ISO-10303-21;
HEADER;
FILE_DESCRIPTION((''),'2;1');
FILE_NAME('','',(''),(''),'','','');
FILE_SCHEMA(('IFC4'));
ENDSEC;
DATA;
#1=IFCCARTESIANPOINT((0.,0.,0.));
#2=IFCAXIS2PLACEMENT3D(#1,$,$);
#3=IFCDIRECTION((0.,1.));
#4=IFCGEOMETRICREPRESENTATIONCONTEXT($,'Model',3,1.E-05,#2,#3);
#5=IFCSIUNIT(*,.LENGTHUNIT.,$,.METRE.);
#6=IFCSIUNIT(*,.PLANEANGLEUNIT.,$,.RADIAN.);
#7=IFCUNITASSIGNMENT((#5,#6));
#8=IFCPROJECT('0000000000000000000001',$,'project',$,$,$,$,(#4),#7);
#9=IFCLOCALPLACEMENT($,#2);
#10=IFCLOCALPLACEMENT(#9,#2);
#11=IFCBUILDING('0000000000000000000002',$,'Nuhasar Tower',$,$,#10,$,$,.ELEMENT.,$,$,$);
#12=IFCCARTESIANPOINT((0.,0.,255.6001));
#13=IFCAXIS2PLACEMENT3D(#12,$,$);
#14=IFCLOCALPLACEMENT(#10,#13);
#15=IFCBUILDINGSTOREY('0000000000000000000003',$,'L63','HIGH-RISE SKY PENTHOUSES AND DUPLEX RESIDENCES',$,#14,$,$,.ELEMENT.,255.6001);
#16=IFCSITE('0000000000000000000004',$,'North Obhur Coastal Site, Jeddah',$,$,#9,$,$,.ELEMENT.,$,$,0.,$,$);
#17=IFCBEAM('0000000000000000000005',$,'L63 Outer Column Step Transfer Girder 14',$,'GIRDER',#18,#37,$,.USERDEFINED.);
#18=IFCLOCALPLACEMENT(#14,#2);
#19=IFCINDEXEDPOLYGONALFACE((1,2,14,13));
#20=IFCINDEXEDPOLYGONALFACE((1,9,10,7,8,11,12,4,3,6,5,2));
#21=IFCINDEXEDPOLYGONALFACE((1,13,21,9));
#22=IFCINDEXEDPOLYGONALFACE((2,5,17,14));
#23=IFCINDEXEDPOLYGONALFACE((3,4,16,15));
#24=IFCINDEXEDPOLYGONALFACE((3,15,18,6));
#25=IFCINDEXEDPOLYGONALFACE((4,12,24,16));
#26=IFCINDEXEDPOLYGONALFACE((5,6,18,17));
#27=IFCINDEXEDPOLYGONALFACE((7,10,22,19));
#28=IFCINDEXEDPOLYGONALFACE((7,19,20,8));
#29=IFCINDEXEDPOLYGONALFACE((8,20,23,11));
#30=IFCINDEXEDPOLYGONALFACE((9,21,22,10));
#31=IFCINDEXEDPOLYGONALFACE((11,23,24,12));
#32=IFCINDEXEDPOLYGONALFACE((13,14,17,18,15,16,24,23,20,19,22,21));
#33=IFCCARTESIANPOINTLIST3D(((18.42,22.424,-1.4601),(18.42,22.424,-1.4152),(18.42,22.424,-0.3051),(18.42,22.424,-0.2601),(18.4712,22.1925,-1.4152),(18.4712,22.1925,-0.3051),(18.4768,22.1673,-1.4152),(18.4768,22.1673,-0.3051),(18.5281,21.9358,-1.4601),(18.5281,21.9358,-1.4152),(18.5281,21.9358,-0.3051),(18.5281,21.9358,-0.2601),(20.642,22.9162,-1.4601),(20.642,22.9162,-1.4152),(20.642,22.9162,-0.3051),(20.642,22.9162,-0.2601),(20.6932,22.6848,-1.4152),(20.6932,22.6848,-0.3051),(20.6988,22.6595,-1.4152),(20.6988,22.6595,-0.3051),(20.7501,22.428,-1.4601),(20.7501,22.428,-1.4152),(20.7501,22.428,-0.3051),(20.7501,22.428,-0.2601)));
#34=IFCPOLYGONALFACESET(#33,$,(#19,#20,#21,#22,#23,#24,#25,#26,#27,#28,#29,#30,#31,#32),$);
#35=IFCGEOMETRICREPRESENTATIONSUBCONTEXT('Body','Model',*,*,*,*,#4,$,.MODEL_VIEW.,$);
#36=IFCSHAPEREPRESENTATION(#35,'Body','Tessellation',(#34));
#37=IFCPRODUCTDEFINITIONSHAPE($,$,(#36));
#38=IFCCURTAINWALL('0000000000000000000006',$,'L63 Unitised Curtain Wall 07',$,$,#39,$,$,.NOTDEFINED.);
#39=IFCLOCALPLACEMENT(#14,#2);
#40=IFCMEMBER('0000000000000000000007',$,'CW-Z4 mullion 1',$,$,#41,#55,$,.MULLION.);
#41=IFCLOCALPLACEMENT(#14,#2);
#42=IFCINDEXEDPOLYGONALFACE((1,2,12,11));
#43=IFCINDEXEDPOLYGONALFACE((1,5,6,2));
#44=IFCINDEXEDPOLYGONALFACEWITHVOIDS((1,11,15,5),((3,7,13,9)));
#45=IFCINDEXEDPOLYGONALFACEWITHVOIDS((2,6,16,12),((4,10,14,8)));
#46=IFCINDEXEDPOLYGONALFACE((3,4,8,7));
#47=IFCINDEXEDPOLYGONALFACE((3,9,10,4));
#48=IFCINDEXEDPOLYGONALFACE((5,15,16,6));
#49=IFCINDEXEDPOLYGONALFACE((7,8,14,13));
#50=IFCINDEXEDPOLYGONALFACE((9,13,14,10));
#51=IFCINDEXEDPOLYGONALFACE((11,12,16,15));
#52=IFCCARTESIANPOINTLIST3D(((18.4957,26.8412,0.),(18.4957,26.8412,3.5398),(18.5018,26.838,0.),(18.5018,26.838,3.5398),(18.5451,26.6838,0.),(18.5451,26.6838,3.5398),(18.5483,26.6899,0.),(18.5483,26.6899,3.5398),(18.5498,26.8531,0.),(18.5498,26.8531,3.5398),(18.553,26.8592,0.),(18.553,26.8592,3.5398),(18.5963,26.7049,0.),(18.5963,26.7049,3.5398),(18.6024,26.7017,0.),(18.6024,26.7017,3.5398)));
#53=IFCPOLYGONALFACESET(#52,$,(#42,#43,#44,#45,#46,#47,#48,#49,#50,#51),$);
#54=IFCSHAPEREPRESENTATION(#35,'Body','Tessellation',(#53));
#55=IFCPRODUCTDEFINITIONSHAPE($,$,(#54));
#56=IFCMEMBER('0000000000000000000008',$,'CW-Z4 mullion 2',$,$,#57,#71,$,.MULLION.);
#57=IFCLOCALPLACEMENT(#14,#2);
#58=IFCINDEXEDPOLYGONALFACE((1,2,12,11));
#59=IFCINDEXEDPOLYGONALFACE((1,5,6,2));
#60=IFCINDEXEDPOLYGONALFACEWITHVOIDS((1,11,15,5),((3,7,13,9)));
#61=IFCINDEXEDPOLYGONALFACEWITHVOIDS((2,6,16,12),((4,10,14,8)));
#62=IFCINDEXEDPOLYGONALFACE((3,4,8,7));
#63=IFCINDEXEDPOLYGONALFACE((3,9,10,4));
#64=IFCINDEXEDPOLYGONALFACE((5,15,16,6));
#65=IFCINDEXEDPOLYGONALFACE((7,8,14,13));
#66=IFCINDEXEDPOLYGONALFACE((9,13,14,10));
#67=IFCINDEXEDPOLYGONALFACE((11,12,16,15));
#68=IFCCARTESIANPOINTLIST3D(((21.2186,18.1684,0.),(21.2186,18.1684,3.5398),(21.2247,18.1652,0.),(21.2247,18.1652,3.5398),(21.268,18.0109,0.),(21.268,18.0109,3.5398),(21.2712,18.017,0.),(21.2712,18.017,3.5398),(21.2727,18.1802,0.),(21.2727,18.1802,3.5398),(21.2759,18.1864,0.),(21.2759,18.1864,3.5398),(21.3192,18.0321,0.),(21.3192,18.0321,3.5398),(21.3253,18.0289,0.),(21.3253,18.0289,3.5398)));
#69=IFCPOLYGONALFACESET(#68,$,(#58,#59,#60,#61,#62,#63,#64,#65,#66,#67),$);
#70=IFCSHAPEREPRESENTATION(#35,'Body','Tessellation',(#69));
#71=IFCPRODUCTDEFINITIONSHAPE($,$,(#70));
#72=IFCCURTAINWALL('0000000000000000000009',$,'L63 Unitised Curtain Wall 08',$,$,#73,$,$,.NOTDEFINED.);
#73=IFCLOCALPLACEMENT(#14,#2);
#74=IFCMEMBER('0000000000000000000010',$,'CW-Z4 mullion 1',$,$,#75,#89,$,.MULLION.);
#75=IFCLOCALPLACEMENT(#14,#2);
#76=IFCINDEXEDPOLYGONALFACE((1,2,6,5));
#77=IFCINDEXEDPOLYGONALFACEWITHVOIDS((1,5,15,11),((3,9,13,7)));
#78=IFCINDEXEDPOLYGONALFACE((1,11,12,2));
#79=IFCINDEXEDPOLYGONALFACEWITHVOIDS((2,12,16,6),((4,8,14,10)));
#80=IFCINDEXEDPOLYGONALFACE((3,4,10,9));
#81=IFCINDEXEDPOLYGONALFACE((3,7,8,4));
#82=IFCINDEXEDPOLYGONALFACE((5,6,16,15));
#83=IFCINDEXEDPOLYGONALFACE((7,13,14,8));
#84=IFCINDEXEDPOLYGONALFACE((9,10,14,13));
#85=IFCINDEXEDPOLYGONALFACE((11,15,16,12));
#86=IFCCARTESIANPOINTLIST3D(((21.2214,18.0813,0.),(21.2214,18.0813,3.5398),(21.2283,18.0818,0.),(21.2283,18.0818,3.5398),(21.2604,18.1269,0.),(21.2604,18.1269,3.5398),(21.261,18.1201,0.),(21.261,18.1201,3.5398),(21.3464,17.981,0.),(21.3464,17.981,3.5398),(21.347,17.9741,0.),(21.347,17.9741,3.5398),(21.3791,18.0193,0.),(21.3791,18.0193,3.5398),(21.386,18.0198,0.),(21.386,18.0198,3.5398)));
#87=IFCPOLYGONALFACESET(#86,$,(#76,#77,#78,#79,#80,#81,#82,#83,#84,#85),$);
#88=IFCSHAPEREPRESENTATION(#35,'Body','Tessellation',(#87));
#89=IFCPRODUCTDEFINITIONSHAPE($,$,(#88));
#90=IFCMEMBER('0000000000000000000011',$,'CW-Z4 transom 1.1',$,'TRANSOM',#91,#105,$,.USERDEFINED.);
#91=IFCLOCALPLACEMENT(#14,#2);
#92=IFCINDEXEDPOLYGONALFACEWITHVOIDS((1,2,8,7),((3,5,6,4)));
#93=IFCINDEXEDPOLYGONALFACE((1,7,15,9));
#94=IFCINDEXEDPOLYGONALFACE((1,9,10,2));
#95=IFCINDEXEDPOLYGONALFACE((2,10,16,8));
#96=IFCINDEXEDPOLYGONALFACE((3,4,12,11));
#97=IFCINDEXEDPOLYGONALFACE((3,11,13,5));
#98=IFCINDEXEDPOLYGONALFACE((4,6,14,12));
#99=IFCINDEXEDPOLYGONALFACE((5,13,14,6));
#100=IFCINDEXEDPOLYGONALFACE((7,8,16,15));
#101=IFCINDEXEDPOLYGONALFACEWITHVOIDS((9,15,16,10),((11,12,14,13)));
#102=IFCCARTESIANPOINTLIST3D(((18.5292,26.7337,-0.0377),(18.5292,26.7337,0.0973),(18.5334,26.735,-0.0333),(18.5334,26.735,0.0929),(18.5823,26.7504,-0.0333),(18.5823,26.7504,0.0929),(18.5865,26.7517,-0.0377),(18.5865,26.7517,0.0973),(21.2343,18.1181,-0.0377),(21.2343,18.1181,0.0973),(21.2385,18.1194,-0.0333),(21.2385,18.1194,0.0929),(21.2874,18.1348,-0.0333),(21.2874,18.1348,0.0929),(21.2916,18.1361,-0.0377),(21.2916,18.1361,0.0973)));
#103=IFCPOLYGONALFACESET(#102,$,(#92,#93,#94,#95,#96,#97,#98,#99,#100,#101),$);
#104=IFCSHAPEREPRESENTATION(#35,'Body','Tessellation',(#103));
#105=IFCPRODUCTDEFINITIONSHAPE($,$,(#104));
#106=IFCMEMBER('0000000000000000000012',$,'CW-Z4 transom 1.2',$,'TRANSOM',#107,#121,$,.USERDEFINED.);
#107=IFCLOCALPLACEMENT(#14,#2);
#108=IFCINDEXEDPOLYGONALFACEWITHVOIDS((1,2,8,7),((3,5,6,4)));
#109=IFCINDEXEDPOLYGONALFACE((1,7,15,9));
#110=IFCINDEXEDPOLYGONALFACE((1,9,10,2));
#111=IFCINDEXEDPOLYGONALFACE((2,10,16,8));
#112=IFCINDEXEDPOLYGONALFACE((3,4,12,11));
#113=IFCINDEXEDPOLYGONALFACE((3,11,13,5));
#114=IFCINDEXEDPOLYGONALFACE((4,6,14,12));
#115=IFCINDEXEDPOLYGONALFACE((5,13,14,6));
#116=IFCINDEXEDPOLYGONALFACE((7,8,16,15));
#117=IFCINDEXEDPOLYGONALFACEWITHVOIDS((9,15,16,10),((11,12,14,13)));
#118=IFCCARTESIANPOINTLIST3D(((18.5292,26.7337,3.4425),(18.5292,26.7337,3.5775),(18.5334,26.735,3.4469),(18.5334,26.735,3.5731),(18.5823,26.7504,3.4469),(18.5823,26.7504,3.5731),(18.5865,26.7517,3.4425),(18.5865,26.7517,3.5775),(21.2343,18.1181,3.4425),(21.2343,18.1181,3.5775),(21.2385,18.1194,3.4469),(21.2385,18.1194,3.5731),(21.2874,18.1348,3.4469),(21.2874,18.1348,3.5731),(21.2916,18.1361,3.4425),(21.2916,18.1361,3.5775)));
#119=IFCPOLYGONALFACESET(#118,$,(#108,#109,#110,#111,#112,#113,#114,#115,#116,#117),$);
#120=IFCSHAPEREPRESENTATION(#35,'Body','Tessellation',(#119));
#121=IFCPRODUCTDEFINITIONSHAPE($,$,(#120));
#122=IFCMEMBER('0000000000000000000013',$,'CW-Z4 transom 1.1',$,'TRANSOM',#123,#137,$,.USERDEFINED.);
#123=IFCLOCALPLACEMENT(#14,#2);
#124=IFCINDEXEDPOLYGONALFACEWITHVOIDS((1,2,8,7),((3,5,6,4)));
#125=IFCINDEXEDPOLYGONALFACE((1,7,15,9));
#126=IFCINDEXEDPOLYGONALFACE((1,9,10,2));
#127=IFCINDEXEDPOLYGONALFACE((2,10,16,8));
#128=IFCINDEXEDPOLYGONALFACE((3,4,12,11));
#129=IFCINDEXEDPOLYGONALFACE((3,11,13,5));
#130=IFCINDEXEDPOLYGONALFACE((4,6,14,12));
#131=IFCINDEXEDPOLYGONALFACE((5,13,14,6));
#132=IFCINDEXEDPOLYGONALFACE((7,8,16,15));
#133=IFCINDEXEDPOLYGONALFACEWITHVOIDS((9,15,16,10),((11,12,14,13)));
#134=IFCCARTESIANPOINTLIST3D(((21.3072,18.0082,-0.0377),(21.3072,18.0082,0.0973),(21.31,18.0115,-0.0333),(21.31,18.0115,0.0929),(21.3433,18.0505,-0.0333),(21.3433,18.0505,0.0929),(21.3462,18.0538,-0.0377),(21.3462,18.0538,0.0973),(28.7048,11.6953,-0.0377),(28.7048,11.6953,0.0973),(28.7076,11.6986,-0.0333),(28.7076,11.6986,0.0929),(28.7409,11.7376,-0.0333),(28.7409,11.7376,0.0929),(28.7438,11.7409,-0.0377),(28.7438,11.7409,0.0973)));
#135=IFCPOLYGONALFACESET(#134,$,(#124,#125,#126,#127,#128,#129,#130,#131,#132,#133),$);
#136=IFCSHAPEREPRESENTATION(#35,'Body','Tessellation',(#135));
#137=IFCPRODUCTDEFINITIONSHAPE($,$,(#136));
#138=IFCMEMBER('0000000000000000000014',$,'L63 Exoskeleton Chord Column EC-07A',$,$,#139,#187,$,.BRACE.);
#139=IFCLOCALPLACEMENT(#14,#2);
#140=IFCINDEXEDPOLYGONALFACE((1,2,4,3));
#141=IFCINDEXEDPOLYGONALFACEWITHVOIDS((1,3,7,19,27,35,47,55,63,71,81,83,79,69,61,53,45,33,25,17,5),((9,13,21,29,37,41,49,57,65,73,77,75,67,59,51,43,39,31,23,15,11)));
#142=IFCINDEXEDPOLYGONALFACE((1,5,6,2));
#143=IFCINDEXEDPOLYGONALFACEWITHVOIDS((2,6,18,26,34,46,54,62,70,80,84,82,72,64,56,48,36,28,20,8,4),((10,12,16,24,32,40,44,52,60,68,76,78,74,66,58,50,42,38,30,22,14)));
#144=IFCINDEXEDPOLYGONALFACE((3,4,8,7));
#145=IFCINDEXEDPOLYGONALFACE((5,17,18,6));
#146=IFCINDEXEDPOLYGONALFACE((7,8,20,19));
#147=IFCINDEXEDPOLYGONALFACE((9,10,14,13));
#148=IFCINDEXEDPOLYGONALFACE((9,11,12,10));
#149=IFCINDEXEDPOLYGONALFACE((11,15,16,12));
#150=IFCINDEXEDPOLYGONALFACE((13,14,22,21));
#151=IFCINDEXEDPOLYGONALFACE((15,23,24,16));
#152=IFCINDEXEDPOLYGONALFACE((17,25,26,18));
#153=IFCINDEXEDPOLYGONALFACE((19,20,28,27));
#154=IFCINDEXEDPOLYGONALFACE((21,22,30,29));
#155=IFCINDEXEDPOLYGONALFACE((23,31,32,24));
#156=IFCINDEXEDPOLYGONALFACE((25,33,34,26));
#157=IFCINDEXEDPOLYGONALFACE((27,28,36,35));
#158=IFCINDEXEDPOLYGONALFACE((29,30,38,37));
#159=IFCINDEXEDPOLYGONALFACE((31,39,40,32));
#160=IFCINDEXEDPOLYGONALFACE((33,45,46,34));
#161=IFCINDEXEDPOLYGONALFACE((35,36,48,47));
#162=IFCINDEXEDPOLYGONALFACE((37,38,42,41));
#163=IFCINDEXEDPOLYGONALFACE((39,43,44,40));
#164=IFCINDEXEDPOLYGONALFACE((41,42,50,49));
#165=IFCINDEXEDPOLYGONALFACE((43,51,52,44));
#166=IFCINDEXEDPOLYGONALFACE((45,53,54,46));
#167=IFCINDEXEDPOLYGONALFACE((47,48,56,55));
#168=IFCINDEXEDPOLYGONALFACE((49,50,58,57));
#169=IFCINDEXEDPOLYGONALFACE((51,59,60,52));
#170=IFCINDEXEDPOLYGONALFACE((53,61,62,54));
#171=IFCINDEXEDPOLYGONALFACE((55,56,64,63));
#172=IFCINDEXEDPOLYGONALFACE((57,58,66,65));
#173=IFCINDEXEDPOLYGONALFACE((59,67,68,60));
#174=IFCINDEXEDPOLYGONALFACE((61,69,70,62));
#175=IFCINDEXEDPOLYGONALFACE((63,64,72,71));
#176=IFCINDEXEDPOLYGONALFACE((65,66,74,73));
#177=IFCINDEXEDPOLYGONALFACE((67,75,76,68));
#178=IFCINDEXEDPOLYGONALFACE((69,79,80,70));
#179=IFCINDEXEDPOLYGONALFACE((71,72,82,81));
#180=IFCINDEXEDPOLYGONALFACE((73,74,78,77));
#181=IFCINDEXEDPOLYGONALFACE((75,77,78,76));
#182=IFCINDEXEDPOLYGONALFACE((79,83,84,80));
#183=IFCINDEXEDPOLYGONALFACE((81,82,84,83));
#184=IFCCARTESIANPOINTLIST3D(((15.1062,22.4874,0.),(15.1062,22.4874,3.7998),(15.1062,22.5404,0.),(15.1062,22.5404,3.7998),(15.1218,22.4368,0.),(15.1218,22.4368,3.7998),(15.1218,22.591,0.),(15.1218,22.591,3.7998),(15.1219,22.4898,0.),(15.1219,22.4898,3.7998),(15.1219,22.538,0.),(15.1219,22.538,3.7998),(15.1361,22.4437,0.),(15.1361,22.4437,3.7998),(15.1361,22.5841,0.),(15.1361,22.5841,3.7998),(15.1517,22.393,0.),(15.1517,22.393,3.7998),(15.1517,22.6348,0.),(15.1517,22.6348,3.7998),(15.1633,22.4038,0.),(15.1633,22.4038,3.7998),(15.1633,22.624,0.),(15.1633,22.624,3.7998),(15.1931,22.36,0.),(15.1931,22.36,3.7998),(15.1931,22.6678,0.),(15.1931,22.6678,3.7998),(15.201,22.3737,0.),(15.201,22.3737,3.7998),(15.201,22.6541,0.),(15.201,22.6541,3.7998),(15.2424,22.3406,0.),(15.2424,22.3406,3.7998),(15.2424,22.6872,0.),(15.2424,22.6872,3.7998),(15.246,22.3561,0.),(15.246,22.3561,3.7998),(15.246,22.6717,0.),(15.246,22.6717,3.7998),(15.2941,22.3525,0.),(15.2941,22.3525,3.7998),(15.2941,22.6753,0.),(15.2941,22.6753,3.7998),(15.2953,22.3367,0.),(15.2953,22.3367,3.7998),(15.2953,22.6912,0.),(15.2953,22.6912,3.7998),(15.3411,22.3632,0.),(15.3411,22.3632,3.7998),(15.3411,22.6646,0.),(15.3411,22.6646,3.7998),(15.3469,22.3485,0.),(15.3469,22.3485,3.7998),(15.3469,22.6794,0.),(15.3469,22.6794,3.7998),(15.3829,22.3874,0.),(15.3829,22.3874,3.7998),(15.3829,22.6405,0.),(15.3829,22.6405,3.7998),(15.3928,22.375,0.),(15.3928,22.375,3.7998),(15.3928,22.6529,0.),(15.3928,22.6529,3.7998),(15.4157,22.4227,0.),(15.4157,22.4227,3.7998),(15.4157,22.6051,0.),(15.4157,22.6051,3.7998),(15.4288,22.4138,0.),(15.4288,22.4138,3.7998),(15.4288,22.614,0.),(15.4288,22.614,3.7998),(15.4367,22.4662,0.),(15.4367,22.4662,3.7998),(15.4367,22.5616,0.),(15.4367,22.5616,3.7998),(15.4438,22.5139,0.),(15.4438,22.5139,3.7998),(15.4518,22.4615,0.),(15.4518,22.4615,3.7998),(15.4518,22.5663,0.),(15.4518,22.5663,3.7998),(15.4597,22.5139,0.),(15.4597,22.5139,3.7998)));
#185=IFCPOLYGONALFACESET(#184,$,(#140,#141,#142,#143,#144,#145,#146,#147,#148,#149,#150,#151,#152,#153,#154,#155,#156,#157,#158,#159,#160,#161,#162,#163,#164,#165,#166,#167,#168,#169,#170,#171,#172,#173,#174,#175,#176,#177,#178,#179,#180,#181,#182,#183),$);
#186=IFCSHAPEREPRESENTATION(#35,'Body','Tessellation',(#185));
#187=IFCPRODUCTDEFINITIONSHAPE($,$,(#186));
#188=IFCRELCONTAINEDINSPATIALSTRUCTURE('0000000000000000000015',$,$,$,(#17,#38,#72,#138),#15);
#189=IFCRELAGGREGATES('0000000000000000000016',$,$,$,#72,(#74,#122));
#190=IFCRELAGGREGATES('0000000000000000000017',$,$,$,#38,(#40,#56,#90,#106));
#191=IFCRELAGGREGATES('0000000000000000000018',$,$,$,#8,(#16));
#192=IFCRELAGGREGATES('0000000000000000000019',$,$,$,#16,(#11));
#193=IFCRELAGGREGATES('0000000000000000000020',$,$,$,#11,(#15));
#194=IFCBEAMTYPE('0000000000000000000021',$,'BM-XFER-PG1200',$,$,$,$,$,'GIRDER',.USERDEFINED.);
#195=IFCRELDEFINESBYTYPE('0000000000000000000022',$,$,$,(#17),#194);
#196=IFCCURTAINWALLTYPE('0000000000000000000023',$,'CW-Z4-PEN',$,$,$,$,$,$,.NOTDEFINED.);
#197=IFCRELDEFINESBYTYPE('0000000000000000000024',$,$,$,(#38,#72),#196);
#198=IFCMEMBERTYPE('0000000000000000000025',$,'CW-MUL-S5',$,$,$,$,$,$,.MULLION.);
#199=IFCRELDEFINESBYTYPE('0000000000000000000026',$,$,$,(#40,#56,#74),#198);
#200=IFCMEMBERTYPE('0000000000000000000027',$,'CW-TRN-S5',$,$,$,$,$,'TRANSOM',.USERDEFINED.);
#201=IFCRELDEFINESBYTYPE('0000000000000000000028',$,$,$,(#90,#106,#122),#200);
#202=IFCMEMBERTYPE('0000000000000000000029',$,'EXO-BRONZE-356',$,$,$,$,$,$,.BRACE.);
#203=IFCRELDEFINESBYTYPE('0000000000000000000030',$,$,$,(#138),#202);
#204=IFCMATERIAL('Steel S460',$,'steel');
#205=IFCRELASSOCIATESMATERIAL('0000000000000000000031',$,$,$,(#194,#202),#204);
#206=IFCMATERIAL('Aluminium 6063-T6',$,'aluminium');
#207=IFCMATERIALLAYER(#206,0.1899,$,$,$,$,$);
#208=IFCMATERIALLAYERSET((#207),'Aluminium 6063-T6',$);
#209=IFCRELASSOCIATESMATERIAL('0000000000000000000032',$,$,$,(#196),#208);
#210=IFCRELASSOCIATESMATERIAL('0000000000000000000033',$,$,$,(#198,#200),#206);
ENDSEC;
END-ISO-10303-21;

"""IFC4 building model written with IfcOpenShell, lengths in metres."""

from ifc_helpers import new_model, si_unit, direction, frame, origin, origin_2d, place, context, subcontext, project, spatial, hollow_rectangle, hollow_circle, i_section, extrude, material, layer, layer_set, material_profile, profile_set, type_object, element, aggregate, save


model = new_model("IFC4")

# Units and contexts
model_context = context("Model", 3, precision=1e-05, world=origin(), true_north=direction((0.0, 1.0)))
body_context = subcontext(model_context, "Body", "Model", "MODEL_VIEW")
ifc_project = project(units=[si_unit("LENGTHUNIT", "METRE"), si_unit("PLANEANGLEUNIT", "RADIAN")], contexts=[model_context])

# Site, building, storey
site_placement = place(None, origin())
site = spatial("IfcSite", under=ifc_project, at=site_placement, Name="North Obhur Coastal Site, Jeddah", CompositionType="ELEMENT", RefElevation=0.0)
building_placement = place(site_placement, origin())
building = spatial("IfcBuilding", under=site, at=building_placement, Name="Nuhasar Tower", CompositionType="ELEMENT")
storey_placement = place(building_placement, frame((0.0, 0.0, 255.6001)))
storey = spatial("IfcBuildingStorey", under=building, at=storey_placement, Name="L63", Description="HIGH-RISE SKY PENTHOUSES AND DUPLEX RESIDENCES", CompositionType="ELEMENT", Elevation=255.6001)

# Beam
ifc_material_1 = material(Name="Steel S460", Category="steel")
ifc_material_profile_1 = material_profile(ifc_material_1, i_section(OverallWidth=0.5, OverallDepth=1.2, WebThickness=0.0259, FlangeThickness=0.0449, at=origin_2d()), Name="PG1200X500")
ifc_profile_set_1 = profile_set([ifc_material_profile_1], Name="Steel S460")
beam_type_1 = type_object("IfcBeamType", Name="BM-XFER-PG1200", ElementType="GIRDER", PredefinedType="USERDEFINED", material=ifc_profile_set_1)
beam_1_placement = place(storey_placement, frame((20.696, 22.6721, -0.8601), z_axis=(-0.976333, -0.216272, 0.0), x_axis=(0.216272, -0.976333, 0.0)))
element("IfcBeam", 1, at=beam_1_placement, inside=storey, type_object=beam_type_1, Name="L63 Outer Column Step Transfer Girder 14", ObjectType="GIRDER", PredefinedType="USERDEFINED", context=body_context, shape_type="SweptSolid", body=[
    extrude(i_section(OverallWidth=0.5, OverallDepth=1.2, WebThickness=0.0259, FlangeThickness=0.0449, at=origin_2d()), origin(), (0.0, 0.0, 1.0), 2.2759),
])

# Curtain wall, members
ifc_material_2 = material(Name="Aluminium 6063-T6", Category="aluminium")
ifc_layer_1 = layer(ifc_material_2, 0.1899)
ifc_layer_set_1 = layer_set([ifc_layer_1], Name="Aluminium 6063-T6")
curtain_wall_type = type_object("IfcCurtainWallType", Name="CW-Z4-PEN", PredefinedType="NOTDEFINED", material=ifc_layer_set_1)
curtain_wall_1_placement = place(storey_placement, origin())
curtain_wall_1 = element("IfcCurtainWall", 2, at=curtain_wall_1_placement, inside=storey, type_object=curtain_wall_type, Name="L63 Unitised Curtain Wall 07", PredefinedType="NOTDEFINED")
ifc_material_profile_2 = material_profile(ifc_material_2, hollow_rectangle(XDim=0.0601, YDim=0.165, WallThickness=0.0049, at=origin_2d()), Name="CWM-5")
ifc_profile_set_2 = profile_set([ifc_material_profile_2], Name="Aluminium 6063-T6")
member_type_1 = type_object("IfcMemberType", Name="CW-MUL-S5", PredefinedType="MULLION", material=ifc_profile_set_2)
member_1_placement = place(storey_placement, frame((18.5491, 26.7715, 0.0), z_axis=(0.0, 0.0, 1.0), x_axis=(0.954079, 0.299557, 0.0)))
member_1 = element("IfcMember", 3, at=member_1_placement, type_object=member_type_1, Name="CW-Z4 mullion 1", PredefinedType="MULLION", context=body_context, shape_type="SweptSolid", body=[
    extrude(hollow_rectangle(XDim=0.0601, YDim=0.165, WallThickness=0.0049, at=origin_2d()), origin(), (0.0, 0.0, 1.0), 3.5398),
])
member_2_placement = place(storey_placement, frame((21.272, 18.0986, 0.0), z_axis=(0.0, 0.0, 1.0), x_axis=(0.954079, 0.299557, 0.0)))
member_2 = element("IfcMember", 4, at=member_2_placement, type_object=member_type_1, Name="CW-Z4 mullion 2", PredefinedType="MULLION", context=body_context, shape_type="SweptSolid", body=[
    extrude(hollow_rectangle(XDim=0.0601, YDim=0.165, WallThickness=0.0049, at=origin_2d()), origin(), (0.0, 0.0, 1.0), 3.5398),
])

# Curtain wall, member
curtain_wall_2_placement = place(storey_placement, origin())
curtain_wall_2 = element("IfcCurtainWall", 5, at=curtain_wall_2_placement, inside=storey, type_object=curtain_wall_type, Name="L63 Unitised Curtain Wall 08", PredefinedType="NOTDEFINED")
member_3_placement = place(storey_placement, frame((21.3037, 18.0505, 0.0), z_axis=(0.0, 0.0, 1.0), x_axis=(0.649142, 0.760667, 0.0)))
member_3 = element("IfcMember", 6, at=member_3_placement, type_object=member_type_1, Name="CW-Z4 mullion 1", PredefinedType="MULLION", context=body_context, shape_type="SweptSolid", body=[
    extrude(hollow_rectangle(XDim=0.0601, YDim=0.165, WallThickness=0.0049, at=origin_2d()), origin(), (0.0, 0.0, 1.0), 3.5398),
])

# Members
ifc_material_profile_3 = material_profile(ifc_material_2, hollow_rectangle(XDim=0.0601, YDim=0.135, WallThickness=0.0044, at=origin_2d()), Name="CWT-5")
ifc_profile_set_3 = profile_set([ifc_material_profile_3], Name="Aluminium 6063-T6")
member_type_2 = type_object("IfcMemberType", Name="CW-TRN-S5", ElementType="TRANSOM", PredefinedType="USERDEFINED", material=ifc_profile_set_3)
member_4_placement = place(storey_placement, frame((18.5579, 26.7427, 0.0298), z_axis=(0.29956, -0.954077, 0.0), x_axis=(0.954077, 0.29956, 0.0)))
member_4 = element("IfcMember", 7, at=member_4_placement, type_object=member_type_2, Name="CW-Z4 transom 1.1", ObjectType="TRANSOM", PredefinedType="USERDEFINED", context=body_context, shape_type="SweptSolid", body=[
    extrude(hollow_rectangle(XDim=0.0601, YDim=0.135, WallThickness=0.0044, at=origin_2d()), origin(), (0.0, 0.0, 1.0), 9.0303),
])
member_5_placement = place(storey_placement, frame((18.5579, 26.7427, 3.51), z_axis=(0.29956, -0.954077, 0.0), x_axis=(0.954077, 0.29956, 0.0)))
member_5 = element("IfcMember", 8, at=member_5_placement, type_object=member_type_2, Name="CW-Z4 transom 1.2", ObjectType="TRANSOM", PredefinedType="USERDEFINED", context=body_context, shape_type="SweptSolid", body=[
    extrude(hollow_rectangle(XDim=0.0601, YDim=0.135, WallThickness=0.0044, at=origin_2d()), origin(), (0.0, 0.0, 1.0), 9.0303),
])
member_6_placement = place(storey_placement, frame((21.3267, 18.031, 0.0298), z_axis=(0.760672, -0.649136, 0.0), x_axis=(0.649136, 0.760672, 0.0)))
member_6 = element("IfcMember", 9, at=member_6_placement, type_object=member_type_2, Name="CW-Z4 transom 1.1", ObjectType="TRANSOM", PredefinedType="USERDEFINED", context=body_context, shape_type="SweptSolid", body=[
    extrude(hollow_rectangle(XDim=0.0601, YDim=0.135, WallThickness=0.0044, at=origin_2d()), origin(), (0.0, 0.0, 1.0), 9.7251),
])
aggregate(curtain_wall_2, [member_3, member_6])

# Member
ifc_material_profile_4 = material_profile(ifc_material_1, hollow_circle(Radius=0.1777, WallThickness=0.0159, at=origin_2d()), Name="HSS355.6X15.9")
ifc_profile_set_4 = profile_set([ifc_material_profile_4], Name="Steel S460")
member_type_3 = type_object("IfcMemberType", Name="EXO-BRONZE-356", PredefinedType="BRACE", material=ifc_profile_set_4)
for number, where, z_axis, x_axis, name in (
    (10, (15.282, 22.5139, 0.0), (0.0, 0.0, 1.0), (1.0, 0.0, 0.0), "L63 Exoskeleton Chord Column EC-07A"),
):
    element("IfcMember", number, at=place(storey_placement, frame(where, z_axis=z_axis, x_axis=x_axis)), inside=storey, type_object=member_type_3, Name=name, PredefinedType="BRACE", context=body_context, shape_type="SweptSolid", body=[
        extrude(hollow_circle(Radius=0.1777, WallThickness=0.0159, at=origin_2d()), origin(), (0.0, 0.0, 1.0), 3.7998),
    ])

aggregate(curtain_wall_1, [member_1, member_2, member_4, member_5])

save(model, "model.ifc")
